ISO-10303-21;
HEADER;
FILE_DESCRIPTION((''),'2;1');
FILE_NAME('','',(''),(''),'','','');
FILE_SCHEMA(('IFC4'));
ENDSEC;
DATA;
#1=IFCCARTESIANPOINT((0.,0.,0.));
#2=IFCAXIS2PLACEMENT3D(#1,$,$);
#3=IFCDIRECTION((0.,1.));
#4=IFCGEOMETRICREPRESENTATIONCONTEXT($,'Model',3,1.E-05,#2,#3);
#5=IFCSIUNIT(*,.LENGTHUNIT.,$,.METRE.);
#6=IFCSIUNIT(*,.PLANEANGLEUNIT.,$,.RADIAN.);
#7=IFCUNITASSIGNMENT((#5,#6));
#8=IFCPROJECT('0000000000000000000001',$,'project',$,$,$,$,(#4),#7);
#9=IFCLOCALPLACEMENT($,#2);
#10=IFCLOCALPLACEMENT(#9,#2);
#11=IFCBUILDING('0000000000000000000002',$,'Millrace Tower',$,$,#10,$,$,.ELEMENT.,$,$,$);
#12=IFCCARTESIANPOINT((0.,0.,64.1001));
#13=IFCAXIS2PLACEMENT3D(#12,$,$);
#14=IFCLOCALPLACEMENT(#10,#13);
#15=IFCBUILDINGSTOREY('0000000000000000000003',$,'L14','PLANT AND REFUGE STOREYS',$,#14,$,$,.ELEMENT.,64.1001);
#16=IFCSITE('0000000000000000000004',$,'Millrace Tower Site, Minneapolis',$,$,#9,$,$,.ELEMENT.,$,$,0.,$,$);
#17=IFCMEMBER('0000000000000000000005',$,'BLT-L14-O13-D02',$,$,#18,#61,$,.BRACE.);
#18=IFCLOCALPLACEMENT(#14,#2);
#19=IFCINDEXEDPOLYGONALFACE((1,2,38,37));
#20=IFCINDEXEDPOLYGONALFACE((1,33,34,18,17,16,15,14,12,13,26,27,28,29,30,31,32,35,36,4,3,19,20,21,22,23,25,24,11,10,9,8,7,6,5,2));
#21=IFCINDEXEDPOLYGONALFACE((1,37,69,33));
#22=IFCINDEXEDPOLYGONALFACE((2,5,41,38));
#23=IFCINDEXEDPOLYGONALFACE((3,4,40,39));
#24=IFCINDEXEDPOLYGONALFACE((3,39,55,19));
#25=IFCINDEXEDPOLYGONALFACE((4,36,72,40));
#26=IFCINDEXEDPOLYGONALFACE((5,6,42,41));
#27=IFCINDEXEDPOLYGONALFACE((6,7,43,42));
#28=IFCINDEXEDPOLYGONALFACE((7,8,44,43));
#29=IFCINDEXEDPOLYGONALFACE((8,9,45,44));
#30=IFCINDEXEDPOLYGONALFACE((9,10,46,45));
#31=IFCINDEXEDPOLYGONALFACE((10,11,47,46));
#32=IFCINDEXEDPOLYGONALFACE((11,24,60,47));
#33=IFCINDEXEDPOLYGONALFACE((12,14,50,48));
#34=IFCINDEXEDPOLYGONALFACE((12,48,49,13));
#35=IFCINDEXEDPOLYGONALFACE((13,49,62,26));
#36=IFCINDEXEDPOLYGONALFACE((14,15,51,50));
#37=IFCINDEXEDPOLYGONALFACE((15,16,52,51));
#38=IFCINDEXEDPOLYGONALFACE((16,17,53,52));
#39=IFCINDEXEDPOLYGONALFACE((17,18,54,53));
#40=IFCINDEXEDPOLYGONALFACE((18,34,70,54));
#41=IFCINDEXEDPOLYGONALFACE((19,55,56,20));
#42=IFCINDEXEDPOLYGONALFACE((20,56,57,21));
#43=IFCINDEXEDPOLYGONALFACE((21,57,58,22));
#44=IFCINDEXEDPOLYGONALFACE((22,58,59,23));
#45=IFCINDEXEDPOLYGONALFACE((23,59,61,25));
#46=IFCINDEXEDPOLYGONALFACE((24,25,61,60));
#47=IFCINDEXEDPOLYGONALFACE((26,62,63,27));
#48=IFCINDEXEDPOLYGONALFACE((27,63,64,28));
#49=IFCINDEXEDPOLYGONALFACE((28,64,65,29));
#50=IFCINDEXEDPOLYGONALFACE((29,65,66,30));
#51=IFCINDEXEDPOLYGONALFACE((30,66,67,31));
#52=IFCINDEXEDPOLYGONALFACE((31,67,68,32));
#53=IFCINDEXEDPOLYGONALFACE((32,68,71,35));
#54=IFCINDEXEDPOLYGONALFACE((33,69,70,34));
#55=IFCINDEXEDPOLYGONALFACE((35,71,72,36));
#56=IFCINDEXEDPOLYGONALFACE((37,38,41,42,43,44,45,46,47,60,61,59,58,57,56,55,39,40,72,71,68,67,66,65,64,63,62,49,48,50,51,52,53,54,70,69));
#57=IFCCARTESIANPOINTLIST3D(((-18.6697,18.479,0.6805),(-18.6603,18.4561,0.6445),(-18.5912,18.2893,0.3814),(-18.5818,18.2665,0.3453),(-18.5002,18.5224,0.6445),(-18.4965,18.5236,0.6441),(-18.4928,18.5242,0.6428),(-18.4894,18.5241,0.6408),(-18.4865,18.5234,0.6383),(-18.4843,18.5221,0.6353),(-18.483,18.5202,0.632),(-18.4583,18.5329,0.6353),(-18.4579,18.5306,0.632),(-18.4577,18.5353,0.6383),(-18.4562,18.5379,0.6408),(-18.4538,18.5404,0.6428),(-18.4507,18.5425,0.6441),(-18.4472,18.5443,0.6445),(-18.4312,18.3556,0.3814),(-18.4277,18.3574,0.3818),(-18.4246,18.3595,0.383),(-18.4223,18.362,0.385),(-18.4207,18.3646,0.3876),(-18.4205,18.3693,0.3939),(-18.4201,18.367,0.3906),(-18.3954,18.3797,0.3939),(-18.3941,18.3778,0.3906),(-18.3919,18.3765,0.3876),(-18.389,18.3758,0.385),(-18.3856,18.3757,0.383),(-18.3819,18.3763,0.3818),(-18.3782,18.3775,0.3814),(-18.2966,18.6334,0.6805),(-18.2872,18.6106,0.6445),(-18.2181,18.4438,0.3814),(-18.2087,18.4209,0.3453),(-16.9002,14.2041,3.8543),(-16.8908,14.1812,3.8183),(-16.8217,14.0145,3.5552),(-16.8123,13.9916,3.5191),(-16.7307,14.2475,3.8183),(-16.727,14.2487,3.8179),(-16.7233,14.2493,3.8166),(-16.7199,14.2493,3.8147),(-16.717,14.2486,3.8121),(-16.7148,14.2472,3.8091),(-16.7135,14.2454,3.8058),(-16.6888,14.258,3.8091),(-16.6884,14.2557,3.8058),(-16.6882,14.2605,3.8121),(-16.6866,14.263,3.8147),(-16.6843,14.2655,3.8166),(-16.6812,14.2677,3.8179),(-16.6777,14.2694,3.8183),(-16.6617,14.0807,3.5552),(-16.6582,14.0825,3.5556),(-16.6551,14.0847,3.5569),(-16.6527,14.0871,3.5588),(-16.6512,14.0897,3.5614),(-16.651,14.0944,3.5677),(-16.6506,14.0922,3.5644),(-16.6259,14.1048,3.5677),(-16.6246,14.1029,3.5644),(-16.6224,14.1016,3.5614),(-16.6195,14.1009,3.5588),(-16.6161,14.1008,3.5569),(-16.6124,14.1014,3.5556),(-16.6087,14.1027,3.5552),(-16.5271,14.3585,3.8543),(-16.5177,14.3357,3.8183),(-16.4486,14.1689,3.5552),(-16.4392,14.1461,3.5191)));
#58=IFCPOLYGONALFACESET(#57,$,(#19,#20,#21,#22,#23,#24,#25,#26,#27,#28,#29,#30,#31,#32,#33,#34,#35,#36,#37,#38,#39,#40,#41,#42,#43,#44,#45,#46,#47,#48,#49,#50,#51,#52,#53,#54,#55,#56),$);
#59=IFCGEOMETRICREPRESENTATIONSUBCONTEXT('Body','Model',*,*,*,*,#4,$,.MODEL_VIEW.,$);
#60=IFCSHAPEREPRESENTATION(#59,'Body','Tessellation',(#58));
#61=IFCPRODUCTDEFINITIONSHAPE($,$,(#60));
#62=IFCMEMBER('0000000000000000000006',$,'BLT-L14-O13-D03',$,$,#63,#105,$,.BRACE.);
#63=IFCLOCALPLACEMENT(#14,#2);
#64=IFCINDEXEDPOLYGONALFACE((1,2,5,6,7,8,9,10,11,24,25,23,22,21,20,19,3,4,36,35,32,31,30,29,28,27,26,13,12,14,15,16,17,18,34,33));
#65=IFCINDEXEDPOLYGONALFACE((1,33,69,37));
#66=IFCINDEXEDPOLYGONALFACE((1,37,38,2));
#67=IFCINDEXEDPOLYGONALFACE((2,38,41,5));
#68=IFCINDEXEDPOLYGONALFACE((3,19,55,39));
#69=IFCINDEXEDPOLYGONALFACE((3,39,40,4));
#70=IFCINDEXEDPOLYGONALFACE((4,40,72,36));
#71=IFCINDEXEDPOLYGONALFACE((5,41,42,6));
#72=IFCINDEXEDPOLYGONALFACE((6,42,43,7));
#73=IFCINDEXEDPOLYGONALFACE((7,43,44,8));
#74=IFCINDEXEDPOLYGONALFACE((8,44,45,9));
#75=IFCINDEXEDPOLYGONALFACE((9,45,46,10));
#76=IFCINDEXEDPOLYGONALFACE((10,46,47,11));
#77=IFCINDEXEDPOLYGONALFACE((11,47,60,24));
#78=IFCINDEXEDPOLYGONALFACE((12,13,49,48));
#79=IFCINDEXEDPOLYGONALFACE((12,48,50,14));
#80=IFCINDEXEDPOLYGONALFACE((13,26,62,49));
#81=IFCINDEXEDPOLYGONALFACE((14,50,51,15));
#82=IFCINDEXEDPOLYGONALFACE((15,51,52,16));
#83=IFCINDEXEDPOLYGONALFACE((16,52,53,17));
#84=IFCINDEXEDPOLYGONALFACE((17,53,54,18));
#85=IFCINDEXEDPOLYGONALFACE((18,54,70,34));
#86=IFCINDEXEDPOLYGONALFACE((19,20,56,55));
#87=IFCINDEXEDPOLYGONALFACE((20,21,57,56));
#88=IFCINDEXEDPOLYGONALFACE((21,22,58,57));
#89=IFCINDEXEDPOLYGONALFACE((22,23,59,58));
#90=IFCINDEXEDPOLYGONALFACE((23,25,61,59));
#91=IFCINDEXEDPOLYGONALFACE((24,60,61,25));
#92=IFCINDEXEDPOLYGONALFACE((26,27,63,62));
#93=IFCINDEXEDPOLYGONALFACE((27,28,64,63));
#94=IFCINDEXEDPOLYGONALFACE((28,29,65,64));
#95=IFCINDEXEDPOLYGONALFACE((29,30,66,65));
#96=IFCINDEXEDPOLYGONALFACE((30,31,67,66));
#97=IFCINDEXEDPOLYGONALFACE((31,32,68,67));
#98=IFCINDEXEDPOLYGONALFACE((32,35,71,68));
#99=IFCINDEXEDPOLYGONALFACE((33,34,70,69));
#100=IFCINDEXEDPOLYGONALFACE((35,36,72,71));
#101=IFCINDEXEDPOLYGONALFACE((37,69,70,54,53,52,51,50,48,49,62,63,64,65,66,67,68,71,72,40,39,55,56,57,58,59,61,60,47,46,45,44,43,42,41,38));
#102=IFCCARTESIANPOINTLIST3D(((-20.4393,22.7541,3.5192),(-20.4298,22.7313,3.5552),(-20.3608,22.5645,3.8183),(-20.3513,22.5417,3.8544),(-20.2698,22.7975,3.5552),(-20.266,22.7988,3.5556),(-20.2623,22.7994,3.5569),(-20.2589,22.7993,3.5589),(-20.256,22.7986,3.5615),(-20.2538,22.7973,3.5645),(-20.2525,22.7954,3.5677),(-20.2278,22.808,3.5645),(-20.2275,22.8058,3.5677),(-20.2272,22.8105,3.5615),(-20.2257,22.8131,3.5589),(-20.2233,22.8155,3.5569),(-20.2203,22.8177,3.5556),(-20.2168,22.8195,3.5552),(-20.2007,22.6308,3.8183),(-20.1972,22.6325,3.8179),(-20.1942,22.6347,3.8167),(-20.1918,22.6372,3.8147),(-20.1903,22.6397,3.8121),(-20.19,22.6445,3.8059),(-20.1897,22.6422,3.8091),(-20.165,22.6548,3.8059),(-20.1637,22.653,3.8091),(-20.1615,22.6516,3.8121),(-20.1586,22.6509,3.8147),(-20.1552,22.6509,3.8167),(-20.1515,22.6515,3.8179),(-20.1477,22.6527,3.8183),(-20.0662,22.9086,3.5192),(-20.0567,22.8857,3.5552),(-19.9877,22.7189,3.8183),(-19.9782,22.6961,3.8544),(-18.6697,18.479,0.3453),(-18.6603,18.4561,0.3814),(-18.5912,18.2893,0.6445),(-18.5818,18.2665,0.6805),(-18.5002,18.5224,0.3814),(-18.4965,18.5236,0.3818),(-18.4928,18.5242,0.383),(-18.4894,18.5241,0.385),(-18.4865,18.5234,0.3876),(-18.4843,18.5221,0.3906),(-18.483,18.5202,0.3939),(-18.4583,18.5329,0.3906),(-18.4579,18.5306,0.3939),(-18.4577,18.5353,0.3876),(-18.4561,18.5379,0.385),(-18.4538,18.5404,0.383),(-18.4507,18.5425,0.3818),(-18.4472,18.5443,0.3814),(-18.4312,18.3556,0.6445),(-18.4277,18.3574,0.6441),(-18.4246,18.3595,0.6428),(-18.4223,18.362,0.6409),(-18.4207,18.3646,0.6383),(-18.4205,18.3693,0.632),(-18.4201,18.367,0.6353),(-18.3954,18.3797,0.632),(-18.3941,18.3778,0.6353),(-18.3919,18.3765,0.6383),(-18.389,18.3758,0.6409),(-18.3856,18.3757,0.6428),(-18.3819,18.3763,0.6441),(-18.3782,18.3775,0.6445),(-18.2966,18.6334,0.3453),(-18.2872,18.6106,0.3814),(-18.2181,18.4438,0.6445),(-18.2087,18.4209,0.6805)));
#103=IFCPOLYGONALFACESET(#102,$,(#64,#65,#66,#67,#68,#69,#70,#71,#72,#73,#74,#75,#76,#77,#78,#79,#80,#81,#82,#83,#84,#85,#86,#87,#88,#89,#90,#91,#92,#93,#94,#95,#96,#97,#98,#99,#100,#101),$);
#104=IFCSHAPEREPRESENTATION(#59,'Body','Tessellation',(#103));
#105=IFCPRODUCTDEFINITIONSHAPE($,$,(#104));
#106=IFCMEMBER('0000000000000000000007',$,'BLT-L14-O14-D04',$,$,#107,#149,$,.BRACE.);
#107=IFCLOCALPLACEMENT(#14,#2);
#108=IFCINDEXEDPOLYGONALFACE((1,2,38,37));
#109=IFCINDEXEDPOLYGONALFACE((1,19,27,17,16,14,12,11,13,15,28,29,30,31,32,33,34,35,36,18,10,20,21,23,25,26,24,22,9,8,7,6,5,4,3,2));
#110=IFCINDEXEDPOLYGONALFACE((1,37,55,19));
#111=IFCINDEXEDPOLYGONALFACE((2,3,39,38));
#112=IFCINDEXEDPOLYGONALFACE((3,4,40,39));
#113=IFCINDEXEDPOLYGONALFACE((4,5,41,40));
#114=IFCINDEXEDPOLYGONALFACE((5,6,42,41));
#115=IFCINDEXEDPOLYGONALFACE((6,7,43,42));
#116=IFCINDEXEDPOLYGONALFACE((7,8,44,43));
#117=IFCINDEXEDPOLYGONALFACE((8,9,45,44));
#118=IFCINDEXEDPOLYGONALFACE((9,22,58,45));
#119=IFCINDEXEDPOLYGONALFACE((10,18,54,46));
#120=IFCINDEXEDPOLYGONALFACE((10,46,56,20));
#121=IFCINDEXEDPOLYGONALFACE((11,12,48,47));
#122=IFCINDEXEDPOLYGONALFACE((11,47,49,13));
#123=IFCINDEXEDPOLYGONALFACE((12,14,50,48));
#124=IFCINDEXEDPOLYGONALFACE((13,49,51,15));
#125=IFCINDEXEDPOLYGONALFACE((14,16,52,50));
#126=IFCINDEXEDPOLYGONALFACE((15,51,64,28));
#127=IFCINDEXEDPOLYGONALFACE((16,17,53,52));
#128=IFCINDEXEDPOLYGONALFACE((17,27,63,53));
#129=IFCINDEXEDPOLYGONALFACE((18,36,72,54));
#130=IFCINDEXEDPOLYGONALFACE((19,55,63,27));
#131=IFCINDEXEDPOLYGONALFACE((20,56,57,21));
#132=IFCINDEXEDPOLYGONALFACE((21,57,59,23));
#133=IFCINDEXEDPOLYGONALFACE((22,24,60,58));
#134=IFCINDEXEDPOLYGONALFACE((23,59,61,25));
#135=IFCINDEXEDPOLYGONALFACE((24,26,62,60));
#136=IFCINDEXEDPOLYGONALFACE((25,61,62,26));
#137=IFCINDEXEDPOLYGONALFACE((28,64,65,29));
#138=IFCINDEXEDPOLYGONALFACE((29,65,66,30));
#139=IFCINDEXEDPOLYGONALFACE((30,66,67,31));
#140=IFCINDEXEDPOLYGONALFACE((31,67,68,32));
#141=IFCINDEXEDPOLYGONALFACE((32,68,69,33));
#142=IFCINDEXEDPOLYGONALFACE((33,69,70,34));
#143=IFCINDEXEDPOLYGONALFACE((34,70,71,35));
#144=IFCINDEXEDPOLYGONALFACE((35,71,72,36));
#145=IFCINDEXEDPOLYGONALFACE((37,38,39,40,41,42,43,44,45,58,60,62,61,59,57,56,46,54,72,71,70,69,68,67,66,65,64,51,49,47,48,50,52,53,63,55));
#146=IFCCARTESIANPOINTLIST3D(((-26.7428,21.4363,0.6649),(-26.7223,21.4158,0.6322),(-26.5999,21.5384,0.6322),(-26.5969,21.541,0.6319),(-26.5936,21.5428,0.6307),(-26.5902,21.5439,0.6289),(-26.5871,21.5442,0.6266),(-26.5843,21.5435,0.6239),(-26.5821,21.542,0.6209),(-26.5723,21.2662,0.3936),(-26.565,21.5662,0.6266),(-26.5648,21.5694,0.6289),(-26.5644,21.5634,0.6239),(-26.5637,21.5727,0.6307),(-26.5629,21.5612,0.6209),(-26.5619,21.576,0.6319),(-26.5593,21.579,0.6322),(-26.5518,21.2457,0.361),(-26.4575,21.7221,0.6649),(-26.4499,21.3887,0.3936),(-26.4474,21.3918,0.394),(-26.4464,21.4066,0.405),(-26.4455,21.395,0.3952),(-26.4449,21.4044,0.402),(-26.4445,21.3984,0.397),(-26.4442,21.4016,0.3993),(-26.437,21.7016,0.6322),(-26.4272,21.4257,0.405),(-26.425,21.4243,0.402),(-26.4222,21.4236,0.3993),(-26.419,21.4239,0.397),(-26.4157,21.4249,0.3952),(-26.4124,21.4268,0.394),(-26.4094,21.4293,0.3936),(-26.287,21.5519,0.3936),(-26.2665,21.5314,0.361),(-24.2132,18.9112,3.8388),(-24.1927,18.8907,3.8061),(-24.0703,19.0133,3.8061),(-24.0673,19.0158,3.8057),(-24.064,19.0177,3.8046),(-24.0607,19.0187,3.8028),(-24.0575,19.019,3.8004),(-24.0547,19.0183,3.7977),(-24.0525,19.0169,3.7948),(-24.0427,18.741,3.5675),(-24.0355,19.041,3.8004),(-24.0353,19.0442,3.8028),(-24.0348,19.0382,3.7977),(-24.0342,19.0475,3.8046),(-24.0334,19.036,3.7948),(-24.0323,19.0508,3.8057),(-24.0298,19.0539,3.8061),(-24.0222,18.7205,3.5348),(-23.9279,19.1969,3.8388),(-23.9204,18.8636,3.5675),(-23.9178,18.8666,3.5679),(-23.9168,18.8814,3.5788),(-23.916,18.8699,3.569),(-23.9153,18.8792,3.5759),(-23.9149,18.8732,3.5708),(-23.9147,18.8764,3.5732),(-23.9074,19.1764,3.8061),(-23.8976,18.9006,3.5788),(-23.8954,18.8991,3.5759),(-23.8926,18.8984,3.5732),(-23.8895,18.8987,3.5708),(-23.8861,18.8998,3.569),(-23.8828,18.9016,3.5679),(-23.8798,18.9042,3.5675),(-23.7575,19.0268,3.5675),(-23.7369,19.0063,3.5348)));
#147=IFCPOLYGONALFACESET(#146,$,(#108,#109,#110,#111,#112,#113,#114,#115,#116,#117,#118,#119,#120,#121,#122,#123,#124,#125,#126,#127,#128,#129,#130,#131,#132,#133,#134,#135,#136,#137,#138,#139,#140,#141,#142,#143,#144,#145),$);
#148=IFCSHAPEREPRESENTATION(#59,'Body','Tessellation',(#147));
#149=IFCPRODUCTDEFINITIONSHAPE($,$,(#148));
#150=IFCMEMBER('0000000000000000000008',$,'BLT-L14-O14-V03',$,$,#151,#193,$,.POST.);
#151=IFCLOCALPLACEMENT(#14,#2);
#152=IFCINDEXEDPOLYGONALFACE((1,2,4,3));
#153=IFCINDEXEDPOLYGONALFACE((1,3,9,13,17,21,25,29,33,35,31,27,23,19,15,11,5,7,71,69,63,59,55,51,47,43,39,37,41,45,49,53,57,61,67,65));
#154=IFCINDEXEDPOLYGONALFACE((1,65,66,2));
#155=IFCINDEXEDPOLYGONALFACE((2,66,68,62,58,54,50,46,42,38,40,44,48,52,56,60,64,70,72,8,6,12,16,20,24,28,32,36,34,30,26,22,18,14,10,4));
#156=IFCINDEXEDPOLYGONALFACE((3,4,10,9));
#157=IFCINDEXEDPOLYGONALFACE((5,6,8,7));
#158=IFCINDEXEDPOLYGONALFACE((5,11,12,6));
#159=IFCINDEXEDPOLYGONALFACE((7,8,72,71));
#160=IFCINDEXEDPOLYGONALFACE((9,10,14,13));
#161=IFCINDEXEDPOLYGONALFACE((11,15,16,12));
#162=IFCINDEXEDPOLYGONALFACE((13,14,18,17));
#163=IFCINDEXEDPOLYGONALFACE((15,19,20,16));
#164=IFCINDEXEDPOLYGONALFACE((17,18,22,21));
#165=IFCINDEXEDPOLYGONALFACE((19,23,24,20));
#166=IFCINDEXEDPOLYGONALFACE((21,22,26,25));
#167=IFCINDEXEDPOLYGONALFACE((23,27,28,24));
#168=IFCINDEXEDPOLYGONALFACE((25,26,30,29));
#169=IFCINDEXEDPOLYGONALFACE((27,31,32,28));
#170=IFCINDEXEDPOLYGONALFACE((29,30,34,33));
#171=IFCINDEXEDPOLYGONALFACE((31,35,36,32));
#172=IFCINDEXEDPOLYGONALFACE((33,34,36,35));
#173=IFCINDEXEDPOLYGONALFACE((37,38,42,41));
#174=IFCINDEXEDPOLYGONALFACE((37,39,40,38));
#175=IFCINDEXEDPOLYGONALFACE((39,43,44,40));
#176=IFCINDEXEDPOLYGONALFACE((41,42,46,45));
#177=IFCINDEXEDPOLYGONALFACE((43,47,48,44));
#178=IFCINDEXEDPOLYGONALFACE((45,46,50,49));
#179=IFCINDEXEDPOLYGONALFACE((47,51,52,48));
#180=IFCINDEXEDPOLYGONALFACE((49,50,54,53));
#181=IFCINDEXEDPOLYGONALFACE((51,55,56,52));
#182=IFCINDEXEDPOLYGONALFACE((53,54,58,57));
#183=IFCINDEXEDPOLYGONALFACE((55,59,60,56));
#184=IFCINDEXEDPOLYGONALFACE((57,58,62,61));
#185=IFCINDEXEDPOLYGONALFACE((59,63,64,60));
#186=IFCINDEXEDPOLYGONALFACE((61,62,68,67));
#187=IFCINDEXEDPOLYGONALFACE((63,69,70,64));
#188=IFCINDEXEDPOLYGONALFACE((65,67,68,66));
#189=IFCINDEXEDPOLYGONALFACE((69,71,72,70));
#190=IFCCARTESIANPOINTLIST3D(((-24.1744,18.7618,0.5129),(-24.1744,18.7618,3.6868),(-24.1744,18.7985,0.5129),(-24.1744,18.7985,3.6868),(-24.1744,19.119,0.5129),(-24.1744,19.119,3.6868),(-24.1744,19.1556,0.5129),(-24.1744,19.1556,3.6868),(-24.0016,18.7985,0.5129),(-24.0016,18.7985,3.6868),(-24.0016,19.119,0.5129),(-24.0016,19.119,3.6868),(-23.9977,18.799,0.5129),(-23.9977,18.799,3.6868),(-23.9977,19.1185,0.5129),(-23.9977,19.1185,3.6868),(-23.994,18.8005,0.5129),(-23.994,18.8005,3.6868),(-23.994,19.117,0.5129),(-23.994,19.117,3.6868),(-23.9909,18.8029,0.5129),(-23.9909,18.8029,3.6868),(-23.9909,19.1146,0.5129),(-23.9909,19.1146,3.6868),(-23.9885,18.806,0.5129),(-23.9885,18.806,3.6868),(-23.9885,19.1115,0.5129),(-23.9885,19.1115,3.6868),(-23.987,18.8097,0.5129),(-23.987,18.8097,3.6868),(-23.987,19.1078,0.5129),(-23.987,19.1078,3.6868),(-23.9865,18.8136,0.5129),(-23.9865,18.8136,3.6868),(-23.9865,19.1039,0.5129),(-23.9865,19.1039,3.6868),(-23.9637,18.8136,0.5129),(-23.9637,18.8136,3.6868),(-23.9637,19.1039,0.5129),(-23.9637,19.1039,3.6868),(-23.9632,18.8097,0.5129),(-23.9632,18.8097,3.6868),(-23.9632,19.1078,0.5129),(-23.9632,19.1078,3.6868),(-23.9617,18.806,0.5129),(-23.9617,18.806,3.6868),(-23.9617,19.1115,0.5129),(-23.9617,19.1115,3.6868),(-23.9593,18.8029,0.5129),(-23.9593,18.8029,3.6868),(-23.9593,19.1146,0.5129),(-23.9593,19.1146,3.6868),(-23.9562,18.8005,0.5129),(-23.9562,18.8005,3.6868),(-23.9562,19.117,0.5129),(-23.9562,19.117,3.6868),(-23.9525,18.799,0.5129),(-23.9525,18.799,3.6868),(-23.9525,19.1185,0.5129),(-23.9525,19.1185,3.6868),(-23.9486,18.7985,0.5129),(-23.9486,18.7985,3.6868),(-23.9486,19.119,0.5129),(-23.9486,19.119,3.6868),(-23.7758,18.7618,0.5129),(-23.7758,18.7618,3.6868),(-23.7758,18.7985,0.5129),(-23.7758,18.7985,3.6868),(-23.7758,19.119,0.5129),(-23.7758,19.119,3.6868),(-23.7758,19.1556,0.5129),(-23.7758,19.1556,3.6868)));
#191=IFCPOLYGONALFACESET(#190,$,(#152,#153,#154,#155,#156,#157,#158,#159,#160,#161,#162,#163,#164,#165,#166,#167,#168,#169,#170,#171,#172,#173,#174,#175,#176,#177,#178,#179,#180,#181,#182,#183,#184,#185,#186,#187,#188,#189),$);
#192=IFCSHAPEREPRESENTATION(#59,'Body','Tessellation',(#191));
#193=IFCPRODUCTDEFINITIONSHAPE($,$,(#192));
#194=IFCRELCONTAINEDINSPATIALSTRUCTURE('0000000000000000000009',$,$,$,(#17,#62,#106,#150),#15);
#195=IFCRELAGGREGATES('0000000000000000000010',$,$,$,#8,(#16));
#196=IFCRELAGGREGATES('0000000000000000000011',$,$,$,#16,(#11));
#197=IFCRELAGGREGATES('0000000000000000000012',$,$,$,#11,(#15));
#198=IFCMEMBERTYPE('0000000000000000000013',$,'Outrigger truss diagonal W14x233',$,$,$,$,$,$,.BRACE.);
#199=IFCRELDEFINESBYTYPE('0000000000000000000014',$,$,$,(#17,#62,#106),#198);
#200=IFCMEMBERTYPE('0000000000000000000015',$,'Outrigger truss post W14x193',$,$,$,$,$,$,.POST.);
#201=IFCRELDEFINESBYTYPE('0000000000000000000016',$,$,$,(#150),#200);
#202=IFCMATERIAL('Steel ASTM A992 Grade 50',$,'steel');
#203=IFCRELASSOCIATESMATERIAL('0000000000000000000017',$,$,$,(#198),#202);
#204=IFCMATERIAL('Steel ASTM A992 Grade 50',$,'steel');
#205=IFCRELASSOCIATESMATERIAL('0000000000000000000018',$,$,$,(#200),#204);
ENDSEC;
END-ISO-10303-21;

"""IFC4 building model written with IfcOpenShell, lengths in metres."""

from ifc_helpers import new_model, si_unit, direction, frame, origin, origin_2d, place, context, subcontext, project, spatial, i_section, extrude, material, material_profile, profile_set, type_object, element, save


model = new_model("IFC4")

# Units and contexts
model_context = context("Model", 3, precision=1e-05, world=origin(), true_north=direction((0.0, 1.0)))
body_context = subcontext(model_context, "Body", "Model", "MODEL_VIEW")
ifc_project = project(units=[si_unit("LENGTHUNIT", "METRE"), si_unit("PLANEANGLEUNIT", "RADIAN")], contexts=[model_context])

# Site, building, storey
site_placement = place(None, origin())
site = spatial("IfcSite", under=ifc_project, at=site_placement, Name="Millrace Tower Site, Minneapolis", CompositionType="ELEMENT", RefElevation=0.0)
building_placement = place(site_placement, origin())
building = spatial("IfcBuilding", under=site, at=building_placement, Name="Millrace Tower", CompositionType="ELEMENT")
storey_placement = place(building_placement, frame((0.0, 0.0, 64.1001)))
storey = spatial("IfcBuildingStorey", under=building, at=storey_placement, Name="L14", Description="PLANT AND REFUGE STOREYS", CompositionType="ELEMENT", Elevation=64.1001)

# Members
ifc_material_1 = material(Name="Steel ASTM A992 Grade 50", Category="steel")
ifc_material_profile_1 = material_profile(ifc_material_1, i_section(OverallWidth=0.4038, OverallDepth=0.4065, WebThickness=0.0271, FlangeThickness=0.0437, FilletRadius=0.0151, at=origin_2d()))
ifc_profile_set_1 = profile_set([ifc_material_profile_1], Name="Steel ASTM A992 Grade 50")
member_type_1 = type_object("IfcMemberType", Name="Outrigger truss diagonal W14x233", PredefinedType="BRACE", material=ifc_profile_set_1)
member_1_placement = place(storey_placement, frame((-18.4392, 18.45, 0.5129), z_axis=(0.315389, -0.761929, 0.565681), x_axis=(0.923971, 0.382464, 0.0)))
element("IfcMember", 1, at=member_1_placement, inside=storey, type_object=member_type_1, Name="BLT-L14-O13-D02", PredefinedType="BRACE", context=body_context, shape_type="SweptSolid", body=[
    extrude(i_section(OverallWidth=0.4038, OverallDepth=0.4065, WebThickness=0.0271, FlangeThickness=0.0437, FilletRadius=0.0151, at=origin_2d()), origin(), (0.0, 0.0, 1.0), 5.6106),
])
member_2_placement = place(storey_placement, frame((-18.4392, 18.45, 0.5129), z_axis=(-0.315378, 0.761947, 0.565662), x_axis=(-0.923978, -0.382445, 0.0)))
element("IfcMember", 2, at=member_2_placement, inside=storey, type_object=member_type_1, Name="BLT-L14-O13-D03", PredefinedType="BRACE", context=body_context, shape_type="SweptSolid", body=[
    extrude(i_section(OverallWidth=0.4038, OverallDepth=0.4065, WebThickness=0.0271, FlangeThickness=0.0437, FilletRadius=0.0151, at=origin_2d()), origin(), (0.0, 0.0, 1.0), 5.6108),
])
member_3_placement = place(storey_placement, frame((-26.5046, 21.4839, 0.5129), z_axis=(0.529196, -0.528276, 0.663985), x_axis=(0.706492, 0.707721, 0.0)))
element("IfcMember", 3, at=member_3_placement, inside=storey, type_object=member_type_1, Name="BLT-L14-O14-D04", PredefinedType="BRACE", context=body_context, shape_type="SweptSolid", body=[
    extrude(i_section(OverallWidth=0.4038, OverallDepth=0.4065, WebThickness=0.0271, FlangeThickness=0.0437, FilletRadius=0.0151, at=origin_2d()), origin(), (0.0, 0.0, 1.0), 4.78),
])
ifc_material_2 = material(Name="Steel ASTM A992 Grade 50", Category="steel")
ifc_material_profile_2 = material_profile(ifc_material_2, i_section(OverallWidth=0.3987, OverallDepth=0.3938, WebThickness=0.0227, FlangeThickness=0.0366, FilletRadius=0.0151, at=origin_2d()))
ifc_profile_set_2 = profile_set([ifc_material_profile_2], Name="Steel ASTM A992 Grade 50")
member_type_2 = type_object("IfcMemberType", Name="Outrigger truss post W14x193", PredefinedType="POST", material=ifc_profile_set_2)
member_4_placement = place(storey_placement, frame((-23.9751, 18.9587, 0.5129), z_axis=(0.0, 0.0, 1.0), x_axis=(1.0, 0.0, 0.0)))
element("IfcMember", 4, at=member_4_placement, inside=storey, type_object=member_type_2, Name="BLT-L14-O14-V03", PredefinedType="POST", context=body_context, shape_type="SweptSolid", body=[
    extrude(i_section(OverallWidth=0.3987, OverallDepth=0.3938, WebThickness=0.0227, FlangeThickness=0.0366, FilletRadius=0.0151, at=origin_2d()), origin(), (0.0, 0.0, 1.0), 3.1738),
])

save(model, "model.ifc")
